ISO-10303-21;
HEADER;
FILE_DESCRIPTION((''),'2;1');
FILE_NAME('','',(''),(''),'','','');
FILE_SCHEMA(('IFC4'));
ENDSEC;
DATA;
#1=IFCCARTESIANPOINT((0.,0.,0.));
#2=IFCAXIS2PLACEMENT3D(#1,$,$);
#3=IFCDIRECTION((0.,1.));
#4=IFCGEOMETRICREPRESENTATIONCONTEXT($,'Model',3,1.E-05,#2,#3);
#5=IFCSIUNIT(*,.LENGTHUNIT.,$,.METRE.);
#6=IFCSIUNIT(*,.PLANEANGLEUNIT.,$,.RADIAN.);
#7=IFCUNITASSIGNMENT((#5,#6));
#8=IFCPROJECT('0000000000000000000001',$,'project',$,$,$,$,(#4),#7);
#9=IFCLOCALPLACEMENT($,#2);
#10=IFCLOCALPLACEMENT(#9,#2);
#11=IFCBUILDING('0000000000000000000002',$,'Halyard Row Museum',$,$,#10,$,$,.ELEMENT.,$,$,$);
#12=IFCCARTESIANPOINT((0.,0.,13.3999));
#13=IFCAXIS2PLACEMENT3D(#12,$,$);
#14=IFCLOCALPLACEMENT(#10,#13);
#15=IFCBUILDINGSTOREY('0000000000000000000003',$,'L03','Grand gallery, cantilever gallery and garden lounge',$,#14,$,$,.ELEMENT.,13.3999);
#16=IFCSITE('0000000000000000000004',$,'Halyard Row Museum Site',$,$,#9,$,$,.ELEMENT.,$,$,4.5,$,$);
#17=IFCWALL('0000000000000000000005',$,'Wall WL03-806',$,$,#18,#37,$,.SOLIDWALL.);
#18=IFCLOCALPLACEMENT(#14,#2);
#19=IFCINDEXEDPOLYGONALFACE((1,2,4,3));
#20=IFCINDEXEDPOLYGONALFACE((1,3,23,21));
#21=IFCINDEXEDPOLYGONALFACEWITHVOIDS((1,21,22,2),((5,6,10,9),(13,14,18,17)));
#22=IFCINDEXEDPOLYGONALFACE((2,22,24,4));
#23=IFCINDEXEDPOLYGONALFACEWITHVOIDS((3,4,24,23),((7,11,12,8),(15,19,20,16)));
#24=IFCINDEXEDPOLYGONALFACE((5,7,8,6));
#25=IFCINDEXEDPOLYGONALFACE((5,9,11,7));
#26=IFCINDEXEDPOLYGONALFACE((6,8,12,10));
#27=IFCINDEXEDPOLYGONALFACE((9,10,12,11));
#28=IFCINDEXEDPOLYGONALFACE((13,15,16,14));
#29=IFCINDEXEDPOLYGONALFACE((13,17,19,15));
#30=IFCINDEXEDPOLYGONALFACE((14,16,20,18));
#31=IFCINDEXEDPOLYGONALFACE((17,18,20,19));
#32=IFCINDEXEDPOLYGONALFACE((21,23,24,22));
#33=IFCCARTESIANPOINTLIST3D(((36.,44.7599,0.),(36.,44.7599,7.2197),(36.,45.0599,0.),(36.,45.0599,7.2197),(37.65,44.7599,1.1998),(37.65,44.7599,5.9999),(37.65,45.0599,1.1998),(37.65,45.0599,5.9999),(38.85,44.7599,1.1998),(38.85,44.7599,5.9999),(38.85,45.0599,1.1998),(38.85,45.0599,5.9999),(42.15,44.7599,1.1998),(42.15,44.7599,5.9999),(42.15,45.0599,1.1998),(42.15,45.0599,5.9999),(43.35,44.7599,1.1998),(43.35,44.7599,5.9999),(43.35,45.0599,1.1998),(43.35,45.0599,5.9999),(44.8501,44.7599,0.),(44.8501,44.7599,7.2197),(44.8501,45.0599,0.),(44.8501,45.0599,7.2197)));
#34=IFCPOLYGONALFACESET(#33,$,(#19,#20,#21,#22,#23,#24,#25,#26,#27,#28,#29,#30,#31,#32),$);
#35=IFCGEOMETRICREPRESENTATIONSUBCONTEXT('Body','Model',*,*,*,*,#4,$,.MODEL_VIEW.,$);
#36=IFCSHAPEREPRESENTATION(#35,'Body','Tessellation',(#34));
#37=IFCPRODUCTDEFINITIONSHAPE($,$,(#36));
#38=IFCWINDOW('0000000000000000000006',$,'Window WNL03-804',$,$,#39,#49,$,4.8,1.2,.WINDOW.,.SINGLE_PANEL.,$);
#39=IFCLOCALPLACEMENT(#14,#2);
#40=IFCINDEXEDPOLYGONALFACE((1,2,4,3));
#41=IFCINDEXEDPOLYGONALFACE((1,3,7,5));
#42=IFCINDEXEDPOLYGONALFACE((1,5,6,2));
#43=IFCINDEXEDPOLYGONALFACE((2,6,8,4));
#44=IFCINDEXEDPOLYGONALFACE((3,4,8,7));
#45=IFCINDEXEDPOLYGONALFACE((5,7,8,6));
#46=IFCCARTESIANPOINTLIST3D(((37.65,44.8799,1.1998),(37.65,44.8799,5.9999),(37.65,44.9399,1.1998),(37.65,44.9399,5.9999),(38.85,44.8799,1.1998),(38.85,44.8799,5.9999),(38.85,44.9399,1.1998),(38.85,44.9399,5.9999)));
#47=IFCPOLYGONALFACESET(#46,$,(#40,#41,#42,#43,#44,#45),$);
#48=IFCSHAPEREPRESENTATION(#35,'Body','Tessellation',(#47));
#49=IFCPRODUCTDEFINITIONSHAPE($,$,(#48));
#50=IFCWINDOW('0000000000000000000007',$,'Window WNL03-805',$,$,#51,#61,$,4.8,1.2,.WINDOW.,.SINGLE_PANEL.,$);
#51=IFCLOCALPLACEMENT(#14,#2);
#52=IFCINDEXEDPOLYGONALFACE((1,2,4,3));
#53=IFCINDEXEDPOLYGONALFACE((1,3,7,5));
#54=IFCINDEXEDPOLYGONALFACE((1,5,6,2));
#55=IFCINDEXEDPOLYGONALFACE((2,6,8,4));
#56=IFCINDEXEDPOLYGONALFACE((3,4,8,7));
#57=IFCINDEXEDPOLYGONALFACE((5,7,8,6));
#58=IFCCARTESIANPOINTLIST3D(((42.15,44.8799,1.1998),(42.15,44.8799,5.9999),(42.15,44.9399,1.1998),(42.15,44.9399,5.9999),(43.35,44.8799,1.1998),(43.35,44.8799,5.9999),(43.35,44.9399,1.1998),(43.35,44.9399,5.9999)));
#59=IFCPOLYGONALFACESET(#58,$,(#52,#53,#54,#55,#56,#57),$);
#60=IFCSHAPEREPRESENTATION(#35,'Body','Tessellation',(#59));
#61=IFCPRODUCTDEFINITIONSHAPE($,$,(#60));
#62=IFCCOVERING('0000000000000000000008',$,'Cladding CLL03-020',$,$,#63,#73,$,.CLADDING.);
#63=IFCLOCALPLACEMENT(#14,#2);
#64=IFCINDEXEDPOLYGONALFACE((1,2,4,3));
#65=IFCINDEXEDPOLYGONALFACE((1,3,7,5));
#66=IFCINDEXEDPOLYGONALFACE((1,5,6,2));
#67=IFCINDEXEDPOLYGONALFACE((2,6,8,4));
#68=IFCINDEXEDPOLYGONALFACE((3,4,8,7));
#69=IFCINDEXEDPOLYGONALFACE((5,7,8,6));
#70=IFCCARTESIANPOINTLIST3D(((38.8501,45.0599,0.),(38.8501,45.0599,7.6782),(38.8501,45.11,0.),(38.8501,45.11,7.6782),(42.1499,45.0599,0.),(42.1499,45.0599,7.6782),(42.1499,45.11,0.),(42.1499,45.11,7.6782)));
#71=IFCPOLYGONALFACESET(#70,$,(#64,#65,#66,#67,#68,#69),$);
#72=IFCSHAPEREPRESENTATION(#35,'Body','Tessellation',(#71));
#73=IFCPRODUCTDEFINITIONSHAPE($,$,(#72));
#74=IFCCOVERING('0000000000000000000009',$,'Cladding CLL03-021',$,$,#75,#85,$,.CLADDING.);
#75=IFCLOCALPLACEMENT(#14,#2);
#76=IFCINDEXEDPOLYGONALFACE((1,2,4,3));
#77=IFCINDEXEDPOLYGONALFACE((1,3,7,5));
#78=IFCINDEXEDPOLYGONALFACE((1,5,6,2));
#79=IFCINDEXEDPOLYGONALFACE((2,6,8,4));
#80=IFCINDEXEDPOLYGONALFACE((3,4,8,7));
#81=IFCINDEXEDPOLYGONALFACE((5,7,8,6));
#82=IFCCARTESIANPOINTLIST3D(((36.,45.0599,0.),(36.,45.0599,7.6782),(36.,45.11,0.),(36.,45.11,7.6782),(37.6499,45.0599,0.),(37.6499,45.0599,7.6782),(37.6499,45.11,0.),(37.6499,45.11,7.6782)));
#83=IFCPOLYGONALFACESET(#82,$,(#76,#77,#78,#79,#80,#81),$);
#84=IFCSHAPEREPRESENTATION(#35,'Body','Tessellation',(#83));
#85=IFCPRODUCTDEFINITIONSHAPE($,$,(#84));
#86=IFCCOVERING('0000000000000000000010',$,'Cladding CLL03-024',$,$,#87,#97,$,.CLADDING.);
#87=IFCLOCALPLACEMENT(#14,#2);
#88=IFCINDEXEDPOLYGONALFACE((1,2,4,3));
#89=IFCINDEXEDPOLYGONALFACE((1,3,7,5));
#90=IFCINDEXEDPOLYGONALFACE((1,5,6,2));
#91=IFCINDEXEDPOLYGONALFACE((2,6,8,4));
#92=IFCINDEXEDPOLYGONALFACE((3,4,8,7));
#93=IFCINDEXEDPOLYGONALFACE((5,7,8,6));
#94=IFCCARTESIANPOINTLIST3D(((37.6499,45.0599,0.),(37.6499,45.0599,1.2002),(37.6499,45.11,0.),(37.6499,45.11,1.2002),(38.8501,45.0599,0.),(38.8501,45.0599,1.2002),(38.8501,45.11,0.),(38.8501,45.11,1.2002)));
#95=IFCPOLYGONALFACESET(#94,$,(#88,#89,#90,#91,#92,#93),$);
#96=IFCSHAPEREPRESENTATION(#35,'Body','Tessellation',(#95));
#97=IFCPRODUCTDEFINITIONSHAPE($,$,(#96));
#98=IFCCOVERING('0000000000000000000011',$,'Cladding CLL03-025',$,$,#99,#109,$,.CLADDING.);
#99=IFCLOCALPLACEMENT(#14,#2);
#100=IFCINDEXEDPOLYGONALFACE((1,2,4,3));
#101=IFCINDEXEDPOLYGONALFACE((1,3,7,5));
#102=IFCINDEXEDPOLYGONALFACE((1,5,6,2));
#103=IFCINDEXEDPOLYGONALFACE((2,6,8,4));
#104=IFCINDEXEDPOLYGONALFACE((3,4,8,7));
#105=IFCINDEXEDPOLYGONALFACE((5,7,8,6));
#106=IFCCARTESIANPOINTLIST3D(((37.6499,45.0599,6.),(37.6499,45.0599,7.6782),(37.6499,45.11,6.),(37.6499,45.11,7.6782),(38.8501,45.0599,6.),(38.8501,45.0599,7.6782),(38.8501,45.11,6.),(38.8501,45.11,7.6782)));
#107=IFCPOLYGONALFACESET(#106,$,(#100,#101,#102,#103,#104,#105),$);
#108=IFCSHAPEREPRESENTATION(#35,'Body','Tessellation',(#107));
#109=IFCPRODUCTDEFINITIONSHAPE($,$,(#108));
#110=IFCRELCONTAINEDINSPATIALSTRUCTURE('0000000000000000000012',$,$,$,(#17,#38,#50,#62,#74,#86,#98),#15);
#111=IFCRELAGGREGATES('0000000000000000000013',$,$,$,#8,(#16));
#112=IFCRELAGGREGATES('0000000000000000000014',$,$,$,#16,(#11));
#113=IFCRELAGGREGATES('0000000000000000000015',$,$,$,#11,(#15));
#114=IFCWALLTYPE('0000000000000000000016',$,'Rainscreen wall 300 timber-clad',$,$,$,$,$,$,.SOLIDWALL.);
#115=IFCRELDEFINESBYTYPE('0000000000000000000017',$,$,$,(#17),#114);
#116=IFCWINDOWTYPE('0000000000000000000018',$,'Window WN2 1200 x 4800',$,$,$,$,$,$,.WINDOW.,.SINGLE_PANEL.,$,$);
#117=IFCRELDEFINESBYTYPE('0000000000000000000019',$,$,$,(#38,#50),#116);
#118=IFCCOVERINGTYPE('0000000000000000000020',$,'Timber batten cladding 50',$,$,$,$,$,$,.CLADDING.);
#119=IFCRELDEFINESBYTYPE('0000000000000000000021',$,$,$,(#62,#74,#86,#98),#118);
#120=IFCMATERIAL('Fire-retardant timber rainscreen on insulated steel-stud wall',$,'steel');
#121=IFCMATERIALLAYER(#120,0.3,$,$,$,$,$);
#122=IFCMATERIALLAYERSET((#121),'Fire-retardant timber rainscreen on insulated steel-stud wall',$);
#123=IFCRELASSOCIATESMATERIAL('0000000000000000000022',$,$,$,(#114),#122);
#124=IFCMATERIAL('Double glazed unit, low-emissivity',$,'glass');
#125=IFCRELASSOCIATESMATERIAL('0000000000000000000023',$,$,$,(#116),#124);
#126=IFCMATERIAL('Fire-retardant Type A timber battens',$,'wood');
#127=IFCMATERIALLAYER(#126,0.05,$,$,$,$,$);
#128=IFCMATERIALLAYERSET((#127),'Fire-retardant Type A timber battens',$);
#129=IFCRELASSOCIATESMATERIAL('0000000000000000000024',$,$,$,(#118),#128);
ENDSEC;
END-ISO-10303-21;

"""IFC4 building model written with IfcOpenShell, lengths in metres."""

from ifc_helpers import new_model, si_unit, direction, frame, frame_2d, origin, place, context, subcontext, project, spatial, rectangle, extrude, material, layer, layer_set, type_object, element, fill, save


model = new_model("IFC4")

# Units and contexts
model_context = context("Model", 3, precision=1e-05, world=origin(), true_north=direction((0.0, 1.0)))
body_context = subcontext(model_context, "Body", "Model", "MODEL_VIEW")
ifc_project = project(units=[si_unit("LENGTHUNIT", "METRE"), si_unit("PLANEANGLEUNIT", "RADIAN")], contexts=[model_context])

# Site, building, storey
site_placement = place(None, origin())
site = spatial("IfcSite", under=ifc_project, at=site_placement, Name="Halyard Row Museum Site", CompositionType="ELEMENT", RefElevation=4.5)
building_placement = place(site_placement, origin())
building = spatial("IfcBuilding", under=site, at=building_placement, Name="Halyard Row Museum", CompositionType="ELEMENT")
storey_placement = place(building_placement, frame((0.0, 0.0, 13.3999)))
storey = spatial("IfcBuildingStorey", under=building, at=storey_placement, Name="L03", Description="Grand gallery, cantilever gallery and garden lounge", CompositionType="ELEMENT", Elevation=13.3999)

# Wall, openings, windows
ifc_material_1 = material(Name="Fire-retardant timber rainscreen on insulated steel-stud wall", Category="steel")
ifc_layer_1 = layer(ifc_material_1, 0.3)
ifc_layer_set_1 = layer_set([ifc_layer_1], Name="Fire-retardant timber rainscreen on insulated steel-stud wall")
wall_type = type_object("IfcWallType", Name="Rainscreen wall 300 timber-clad", PredefinedType="SOLIDWALL", material=ifc_layer_set_1)
wall_placement = place(storey_placement, frame((36.0, 44.9099, 0.0), z_axis=(0.0, 0.0, 1.0), x_axis=(1.0, 0.0, 0.0)))
wall = element("IfcWall", 1, at=wall_placement, inside=storey, type_object=wall_type, Name="Wall WL03-806", PredefinedType="SOLIDWALL", context=body_context, shape_type="SweptSolid", body=[
    extrude(rectangle(XDim=8.8501, YDim=0.3, at=frame_2d((4.425, 0.0))), origin(), (0.0, 0.0, 1.0), 7.2197),
])
opening_1_placement = place(wall_placement, frame((1.6499, 0.0, 1.2)))
opening_1 = element("IfcOpeningElement", 2, at=opening_1_placement, cuts=wall, PredefinedType="OPENING", context=body_context, shape_type="SweptSolid", body=[
    extrude(rectangle(XDim=1.2, YDim=4.8, at=frame_2d((0.6001, 2.3999))), frame((0.0, 0.1599, 0.0), z_axis=(0.0, -1.0, 0.0), x_axis=(1.0, 0.0, 0.0)), (0.0, 0.0, 1.0), 0.3201),
])
opening_2_placement = place(wall_placement, frame((6.1499, 0.0, 1.2)))
opening_2 = element("IfcOpeningElement", 3, at=opening_2_placement, cuts=wall, PredefinedType="OPENING", context=body_context, shape_type="SweptSolid", body=[
    extrude(rectangle(XDim=1.2, YDim=4.8, at=frame_2d((0.6001, 2.3999))), frame((0.0, 0.1599, 0.0), z_axis=(0.0, -1.0, 0.0), x_axis=(1.0, 0.0, 0.0)), (0.0, 0.0, 1.0), 0.3201),
])
ifc_material_2 = material(Name="Double glazed unit, low-emissivity", Category="glass")
window_type = type_object("IfcWindowType", Name="Window WN2 1200 x 4800", PartitioningType="SINGLE_PANEL", PredefinedType="WINDOW", material=ifc_material_2)
window_1_placement = place(opening_1_placement, origin())
window_1 = element("IfcWindow", 4, at=window_1_placement, inside=storey, type_object=window_type, Name="Window WNL03-804", OverallHeight=4.8, OverallWidth=1.2, PartitioningType="SINGLE_PANEL", PredefinedType="WINDOW", context=body_context, shape_type="SweptSolid", body=[
    extrude(rectangle(XDim=1.2, YDim=4.8, at=frame_2d((0.6001, 2.3999))), frame((0.0, 0.03, 0.0), z_axis=(0.0, -1.0, 0.0), x_axis=(1.0, 0.0, 0.0)), (0.0, 0.0, 1.0), 0.0601),
])
fill(opening_1, window_1)
window_2_placement = place(opening_2_placement, origin())
window_2 = element("IfcWindow", 5, at=window_2_placement, inside=storey, type_object=window_type, Name="Window WNL03-805", OverallHeight=4.8, OverallWidth=1.2, PartitioningType="SINGLE_PANEL", PredefinedType="WINDOW", context=body_context, shape_type="SweptSolid", body=[
    extrude(rectangle(XDim=1.2, YDim=4.8, at=frame_2d((0.6001, 2.3999))), frame((0.0, 0.03, 0.0), z_axis=(0.0, -1.0, 0.0), x_axis=(1.0, 0.0, 0.0)), (0.0, 0.0, 1.0), 0.0601),
])
fill(opening_2, window_2)

# Coverings
ifc_material_3 = material(Name="Fire-retardant Type A timber battens", Category="wood")
ifc_layer_2 = layer(ifc_material_3, 0.05)
ifc_layer_set_2 = layer_set([ifc_layer_2], Name="Fire-retardant Type A timber battens")
covering_type = type_object("IfcCoveringType", Name="Timber batten cladding 50", PredefinedType="CLADDING", material=ifc_layer_set_2)
covering_1_placement = place(storey_placement, frame((42.1499, 45.085, 0.0), z_axis=(0.0, 0.0, 1.0), x_axis=(-1.0, 0.0, 0.0)))
element("IfcCovering", 6, at=covering_1_placement, inside=storey, type_object=covering_type, Name="Cladding CLL03-020", PredefinedType="CLADDING", context=body_context, shape_type="SweptSolid", body=[
    extrude(rectangle(XDim=3.2998, YDim=0.05, at=frame_2d((1.6499, 0.0))), origin(), (0.0, 0.0, 1.0), 7.6782),
])
covering_2_placement = place(storey_placement, frame((37.6499, 45.085, 0.0), z_axis=(0.0, 0.0, 1.0), x_axis=(-1.0, 0.0, 0.0)))
element("IfcCovering", 7, at=covering_2_placement, inside=storey, type_object=covering_type, Name="Cladding CLL03-021", PredefinedType="CLADDING", context=body_context, shape_type="SweptSolid", body=[
    extrude(rectangle(XDim=1.6499, YDim=0.05, at=frame_2d((0.825, 0.0))), origin(), (0.0, 0.0, 1.0), 7.6782),
])
covering_3_placement = place(storey_placement, frame((38.8501, 45.085, 0.0), z_axis=(0.0, 0.0, 1.0), x_axis=(-1.0, 0.0, 0.0)))
element("IfcCovering", 8, at=covering_3_placement, inside=storey, type_object=covering_type, Name="Cladding CLL03-024", PredefinedType="CLADDING", context=body_context, shape_type="SweptSolid", body=[
    extrude(rectangle(XDim=1.2002, YDim=0.05, at=frame_2d((0.6001, 0.0))), origin(), (0.0, 0.0, 1.0), 1.2002),
])
covering_4_placement = place(storey_placement, frame((38.8501, 45.085, 6.0), z_axis=(0.0, 0.0, 1.0), x_axis=(-1.0, 0.0, 0.0)))
element("IfcCovering", 9, at=covering_4_placement, inside=storey, type_object=covering_type, Name="Cladding CLL03-025", PredefinedType="CLADDING", context=body_context, shape_type="SweptSolid", body=[
    extrude(rectangle(XDim=1.2002, YDim=0.05, at=frame_2d((0.6001, 0.0))), origin(), (0.0, 0.0, 1.0), 1.6782),
])

save(model, "model.ifc")
